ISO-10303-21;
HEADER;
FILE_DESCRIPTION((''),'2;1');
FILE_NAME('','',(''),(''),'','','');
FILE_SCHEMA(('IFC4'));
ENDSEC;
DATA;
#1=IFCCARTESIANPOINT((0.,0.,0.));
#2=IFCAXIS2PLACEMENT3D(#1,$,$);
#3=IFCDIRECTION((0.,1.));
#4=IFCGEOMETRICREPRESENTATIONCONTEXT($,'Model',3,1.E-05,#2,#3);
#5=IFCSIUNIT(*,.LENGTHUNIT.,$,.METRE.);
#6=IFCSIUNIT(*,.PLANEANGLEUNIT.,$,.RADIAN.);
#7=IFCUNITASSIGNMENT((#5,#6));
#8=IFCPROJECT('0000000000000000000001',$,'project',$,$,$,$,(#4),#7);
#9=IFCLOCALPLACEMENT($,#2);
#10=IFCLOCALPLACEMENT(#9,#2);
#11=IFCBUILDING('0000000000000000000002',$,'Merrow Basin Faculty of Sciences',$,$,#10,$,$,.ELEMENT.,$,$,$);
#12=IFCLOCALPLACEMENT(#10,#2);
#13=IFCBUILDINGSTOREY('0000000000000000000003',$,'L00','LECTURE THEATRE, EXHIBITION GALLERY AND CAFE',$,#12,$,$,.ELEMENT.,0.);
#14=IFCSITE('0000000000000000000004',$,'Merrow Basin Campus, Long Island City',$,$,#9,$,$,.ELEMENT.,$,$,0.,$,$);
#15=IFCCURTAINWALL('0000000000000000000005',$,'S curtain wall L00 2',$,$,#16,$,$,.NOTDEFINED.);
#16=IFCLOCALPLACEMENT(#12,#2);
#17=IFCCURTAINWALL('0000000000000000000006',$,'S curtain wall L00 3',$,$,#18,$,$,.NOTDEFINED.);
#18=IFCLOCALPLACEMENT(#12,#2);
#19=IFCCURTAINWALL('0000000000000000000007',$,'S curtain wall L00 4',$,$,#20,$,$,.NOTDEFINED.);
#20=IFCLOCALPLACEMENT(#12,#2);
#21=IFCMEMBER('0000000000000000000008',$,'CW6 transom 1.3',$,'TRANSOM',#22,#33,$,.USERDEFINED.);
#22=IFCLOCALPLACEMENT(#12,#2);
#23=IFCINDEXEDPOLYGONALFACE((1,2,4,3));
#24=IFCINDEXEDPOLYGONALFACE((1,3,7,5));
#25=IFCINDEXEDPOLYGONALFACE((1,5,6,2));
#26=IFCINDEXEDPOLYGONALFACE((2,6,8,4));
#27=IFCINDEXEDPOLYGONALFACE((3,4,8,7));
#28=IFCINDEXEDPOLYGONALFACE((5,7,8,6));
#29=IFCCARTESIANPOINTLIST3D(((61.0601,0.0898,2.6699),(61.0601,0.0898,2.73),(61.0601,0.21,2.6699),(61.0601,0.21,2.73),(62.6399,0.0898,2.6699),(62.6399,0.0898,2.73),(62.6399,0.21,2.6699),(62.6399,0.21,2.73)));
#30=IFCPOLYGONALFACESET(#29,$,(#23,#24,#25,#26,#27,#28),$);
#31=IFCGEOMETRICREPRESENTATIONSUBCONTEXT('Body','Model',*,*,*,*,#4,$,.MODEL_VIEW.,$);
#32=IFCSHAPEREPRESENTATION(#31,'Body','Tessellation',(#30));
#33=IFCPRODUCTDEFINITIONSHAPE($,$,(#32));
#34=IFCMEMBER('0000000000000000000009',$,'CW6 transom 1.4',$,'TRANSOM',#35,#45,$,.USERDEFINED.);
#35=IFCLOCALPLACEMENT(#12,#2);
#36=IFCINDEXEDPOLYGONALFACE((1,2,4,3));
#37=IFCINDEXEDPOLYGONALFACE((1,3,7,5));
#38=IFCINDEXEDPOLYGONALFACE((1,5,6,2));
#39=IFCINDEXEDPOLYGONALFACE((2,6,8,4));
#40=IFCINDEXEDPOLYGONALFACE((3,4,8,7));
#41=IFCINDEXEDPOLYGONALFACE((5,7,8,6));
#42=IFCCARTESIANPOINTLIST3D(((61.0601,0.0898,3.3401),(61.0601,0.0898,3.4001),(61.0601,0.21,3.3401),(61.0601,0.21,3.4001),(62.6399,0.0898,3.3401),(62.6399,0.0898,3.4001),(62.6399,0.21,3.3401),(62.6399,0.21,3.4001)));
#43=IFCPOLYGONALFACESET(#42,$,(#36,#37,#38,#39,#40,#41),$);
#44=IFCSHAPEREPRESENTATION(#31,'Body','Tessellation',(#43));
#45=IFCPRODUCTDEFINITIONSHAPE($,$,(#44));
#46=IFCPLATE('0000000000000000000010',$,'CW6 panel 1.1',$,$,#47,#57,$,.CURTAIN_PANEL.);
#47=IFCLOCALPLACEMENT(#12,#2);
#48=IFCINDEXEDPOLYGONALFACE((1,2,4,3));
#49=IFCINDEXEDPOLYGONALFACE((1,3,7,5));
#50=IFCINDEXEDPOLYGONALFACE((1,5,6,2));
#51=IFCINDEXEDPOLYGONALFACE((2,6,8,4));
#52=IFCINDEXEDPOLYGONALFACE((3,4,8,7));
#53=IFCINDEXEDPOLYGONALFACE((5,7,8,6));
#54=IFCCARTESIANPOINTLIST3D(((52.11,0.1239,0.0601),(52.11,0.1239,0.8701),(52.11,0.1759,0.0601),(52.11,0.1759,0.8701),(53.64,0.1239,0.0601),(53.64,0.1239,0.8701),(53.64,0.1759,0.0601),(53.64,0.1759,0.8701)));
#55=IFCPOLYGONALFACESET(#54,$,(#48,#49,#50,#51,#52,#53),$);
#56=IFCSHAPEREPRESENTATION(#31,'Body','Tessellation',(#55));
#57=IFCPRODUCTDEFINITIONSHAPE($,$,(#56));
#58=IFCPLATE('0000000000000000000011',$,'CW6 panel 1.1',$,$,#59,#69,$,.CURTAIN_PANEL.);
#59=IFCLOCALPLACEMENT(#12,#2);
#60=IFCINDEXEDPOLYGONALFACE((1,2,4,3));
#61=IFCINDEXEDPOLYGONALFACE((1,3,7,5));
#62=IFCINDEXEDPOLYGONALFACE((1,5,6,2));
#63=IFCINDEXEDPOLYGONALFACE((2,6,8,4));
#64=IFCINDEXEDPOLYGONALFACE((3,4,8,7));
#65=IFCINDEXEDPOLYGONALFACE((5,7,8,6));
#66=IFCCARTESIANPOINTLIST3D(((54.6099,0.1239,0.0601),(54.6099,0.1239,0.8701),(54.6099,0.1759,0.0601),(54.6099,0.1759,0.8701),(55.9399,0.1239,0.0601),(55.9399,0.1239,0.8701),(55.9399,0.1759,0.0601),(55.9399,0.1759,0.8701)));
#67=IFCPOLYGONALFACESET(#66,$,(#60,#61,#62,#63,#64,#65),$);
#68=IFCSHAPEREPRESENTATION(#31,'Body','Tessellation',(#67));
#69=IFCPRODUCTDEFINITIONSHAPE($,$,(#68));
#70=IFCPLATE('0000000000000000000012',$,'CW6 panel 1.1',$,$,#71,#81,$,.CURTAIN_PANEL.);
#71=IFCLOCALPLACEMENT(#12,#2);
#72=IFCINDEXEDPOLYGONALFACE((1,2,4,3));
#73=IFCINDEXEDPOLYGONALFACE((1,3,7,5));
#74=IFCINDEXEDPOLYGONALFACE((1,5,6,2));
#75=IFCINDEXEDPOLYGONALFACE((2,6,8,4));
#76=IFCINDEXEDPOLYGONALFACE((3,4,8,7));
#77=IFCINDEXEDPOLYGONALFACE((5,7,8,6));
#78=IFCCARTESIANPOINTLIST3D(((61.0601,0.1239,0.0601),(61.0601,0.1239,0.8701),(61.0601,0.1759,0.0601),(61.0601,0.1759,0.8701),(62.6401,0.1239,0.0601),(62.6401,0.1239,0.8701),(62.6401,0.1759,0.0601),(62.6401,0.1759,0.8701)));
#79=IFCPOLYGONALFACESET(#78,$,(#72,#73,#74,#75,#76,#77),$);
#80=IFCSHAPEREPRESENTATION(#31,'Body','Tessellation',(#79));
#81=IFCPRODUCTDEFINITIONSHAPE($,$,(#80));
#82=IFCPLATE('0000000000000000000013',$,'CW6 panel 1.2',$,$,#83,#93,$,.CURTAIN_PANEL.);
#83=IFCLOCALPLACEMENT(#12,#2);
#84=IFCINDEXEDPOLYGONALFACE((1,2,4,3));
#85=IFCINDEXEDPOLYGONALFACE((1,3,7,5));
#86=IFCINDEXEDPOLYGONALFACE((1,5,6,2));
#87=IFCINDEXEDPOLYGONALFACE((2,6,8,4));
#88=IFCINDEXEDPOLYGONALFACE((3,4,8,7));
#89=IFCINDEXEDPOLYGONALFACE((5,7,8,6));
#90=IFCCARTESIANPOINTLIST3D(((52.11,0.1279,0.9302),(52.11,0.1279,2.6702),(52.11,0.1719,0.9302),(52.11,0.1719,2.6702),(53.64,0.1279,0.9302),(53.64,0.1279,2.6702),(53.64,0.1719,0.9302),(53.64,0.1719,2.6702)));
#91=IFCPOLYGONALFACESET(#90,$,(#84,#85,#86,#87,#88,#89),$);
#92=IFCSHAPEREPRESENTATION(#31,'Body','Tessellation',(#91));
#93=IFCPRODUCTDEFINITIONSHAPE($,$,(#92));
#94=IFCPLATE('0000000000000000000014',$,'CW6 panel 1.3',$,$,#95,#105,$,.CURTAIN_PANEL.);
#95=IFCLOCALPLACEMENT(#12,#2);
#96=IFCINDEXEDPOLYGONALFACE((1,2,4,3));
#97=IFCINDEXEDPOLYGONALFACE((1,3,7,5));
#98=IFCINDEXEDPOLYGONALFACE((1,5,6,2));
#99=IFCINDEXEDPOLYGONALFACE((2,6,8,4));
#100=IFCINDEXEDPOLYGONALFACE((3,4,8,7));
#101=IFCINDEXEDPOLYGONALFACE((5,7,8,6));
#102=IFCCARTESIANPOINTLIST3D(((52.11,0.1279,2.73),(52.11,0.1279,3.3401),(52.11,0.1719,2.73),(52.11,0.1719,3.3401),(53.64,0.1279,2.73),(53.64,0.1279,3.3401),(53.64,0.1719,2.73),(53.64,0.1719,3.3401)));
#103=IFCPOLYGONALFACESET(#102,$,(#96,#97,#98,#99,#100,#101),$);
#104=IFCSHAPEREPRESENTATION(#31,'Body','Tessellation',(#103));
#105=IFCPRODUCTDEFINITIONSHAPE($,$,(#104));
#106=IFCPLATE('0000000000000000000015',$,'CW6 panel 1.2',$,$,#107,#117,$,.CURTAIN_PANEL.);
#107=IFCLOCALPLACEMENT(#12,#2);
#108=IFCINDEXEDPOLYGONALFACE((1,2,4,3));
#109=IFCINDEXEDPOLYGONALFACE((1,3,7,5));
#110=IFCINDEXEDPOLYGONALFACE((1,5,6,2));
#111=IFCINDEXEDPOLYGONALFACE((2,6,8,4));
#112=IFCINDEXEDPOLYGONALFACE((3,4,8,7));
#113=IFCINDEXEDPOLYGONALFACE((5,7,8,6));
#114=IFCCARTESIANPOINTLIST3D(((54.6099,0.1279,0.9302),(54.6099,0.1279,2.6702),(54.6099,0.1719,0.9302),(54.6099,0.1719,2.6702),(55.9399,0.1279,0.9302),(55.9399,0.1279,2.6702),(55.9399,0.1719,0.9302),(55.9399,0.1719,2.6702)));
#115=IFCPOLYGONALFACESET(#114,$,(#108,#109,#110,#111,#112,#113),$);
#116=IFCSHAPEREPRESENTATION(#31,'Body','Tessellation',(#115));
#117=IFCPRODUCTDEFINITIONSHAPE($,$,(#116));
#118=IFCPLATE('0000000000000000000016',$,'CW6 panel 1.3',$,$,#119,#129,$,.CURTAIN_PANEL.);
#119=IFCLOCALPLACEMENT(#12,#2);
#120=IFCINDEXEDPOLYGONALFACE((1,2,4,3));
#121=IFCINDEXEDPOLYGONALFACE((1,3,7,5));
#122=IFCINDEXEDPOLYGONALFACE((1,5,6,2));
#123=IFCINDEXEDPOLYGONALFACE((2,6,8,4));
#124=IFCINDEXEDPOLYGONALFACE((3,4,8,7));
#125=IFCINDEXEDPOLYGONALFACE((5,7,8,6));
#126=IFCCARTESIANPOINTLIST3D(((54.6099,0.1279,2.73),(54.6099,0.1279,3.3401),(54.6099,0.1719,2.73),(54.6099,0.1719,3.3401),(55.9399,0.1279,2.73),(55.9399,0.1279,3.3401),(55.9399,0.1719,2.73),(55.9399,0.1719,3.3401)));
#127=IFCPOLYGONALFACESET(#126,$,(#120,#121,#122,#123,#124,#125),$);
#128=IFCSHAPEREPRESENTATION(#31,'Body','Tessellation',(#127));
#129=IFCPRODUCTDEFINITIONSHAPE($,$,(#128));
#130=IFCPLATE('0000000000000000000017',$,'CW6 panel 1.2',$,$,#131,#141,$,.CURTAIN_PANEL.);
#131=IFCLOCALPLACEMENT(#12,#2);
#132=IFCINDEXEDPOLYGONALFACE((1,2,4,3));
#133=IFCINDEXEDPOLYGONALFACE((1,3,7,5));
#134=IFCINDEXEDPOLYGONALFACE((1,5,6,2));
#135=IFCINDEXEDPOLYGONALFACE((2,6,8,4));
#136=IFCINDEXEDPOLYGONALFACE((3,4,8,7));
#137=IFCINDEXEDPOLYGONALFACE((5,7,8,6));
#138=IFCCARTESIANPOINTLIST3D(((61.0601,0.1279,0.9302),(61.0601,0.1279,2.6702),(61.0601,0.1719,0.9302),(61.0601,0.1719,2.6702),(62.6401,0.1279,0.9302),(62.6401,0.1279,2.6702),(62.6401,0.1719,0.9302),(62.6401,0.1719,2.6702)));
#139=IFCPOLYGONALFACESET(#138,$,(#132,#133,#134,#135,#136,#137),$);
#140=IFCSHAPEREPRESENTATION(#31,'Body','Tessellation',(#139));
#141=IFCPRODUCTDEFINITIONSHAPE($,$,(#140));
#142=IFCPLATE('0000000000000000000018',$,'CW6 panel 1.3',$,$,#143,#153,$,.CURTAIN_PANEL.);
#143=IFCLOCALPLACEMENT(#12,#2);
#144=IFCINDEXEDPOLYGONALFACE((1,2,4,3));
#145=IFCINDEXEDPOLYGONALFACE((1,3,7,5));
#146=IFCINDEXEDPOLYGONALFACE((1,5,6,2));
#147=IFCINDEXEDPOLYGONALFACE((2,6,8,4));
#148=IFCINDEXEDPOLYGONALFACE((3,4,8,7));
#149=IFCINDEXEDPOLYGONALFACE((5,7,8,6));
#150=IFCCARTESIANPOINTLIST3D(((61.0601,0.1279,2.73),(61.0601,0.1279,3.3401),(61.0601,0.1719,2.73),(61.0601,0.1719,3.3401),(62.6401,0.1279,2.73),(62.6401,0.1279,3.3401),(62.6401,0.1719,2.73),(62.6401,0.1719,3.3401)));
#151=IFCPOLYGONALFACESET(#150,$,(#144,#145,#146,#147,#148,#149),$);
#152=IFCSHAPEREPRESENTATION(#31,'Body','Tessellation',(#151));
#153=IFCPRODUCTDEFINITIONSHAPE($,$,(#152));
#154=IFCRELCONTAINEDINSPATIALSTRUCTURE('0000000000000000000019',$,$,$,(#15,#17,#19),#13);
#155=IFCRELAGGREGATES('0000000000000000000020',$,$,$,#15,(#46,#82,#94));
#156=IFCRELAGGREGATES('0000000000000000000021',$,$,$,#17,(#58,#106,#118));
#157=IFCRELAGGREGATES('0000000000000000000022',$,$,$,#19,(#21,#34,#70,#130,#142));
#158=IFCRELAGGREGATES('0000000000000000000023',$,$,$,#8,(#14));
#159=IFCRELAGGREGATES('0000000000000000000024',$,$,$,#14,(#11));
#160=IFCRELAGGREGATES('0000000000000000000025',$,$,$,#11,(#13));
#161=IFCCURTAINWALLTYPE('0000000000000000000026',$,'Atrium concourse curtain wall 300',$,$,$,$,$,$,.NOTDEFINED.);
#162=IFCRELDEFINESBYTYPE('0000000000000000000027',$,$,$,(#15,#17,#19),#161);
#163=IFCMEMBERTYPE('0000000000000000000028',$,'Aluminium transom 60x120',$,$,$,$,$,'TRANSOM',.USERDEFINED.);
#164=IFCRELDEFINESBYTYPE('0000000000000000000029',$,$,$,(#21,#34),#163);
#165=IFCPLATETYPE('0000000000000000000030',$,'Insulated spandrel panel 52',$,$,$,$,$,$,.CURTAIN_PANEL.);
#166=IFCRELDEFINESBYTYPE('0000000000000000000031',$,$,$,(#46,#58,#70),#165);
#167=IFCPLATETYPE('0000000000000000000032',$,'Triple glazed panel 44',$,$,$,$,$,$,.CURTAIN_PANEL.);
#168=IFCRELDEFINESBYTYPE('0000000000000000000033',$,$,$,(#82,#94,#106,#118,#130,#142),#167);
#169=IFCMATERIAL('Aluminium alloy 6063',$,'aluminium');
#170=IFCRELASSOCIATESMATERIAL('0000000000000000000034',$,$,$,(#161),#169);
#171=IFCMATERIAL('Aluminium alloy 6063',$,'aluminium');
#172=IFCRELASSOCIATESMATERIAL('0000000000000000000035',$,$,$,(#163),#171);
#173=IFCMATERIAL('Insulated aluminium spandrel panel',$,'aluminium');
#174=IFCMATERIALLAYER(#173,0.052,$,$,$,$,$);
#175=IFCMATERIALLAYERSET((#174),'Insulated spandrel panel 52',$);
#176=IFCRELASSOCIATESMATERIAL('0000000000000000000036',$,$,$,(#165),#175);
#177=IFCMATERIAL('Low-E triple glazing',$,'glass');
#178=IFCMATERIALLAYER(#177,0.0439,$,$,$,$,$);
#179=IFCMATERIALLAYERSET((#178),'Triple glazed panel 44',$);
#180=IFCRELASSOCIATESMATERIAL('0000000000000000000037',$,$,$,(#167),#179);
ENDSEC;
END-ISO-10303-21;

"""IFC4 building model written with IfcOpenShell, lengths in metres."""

from ifc_helpers import new_model, si_unit, direction, frame, origin, origin_2d, place, context, subcontext, project, spatial, rectangle, extrude, material, layer, layer_set, material_profile, profile_set, type_object, element, aggregate, save


model = new_model("IFC4")

# Units and contexts
model_context = context("Model", 3, precision=1e-05, world=origin(), true_north=direction((0.0, 1.0)))
body_context = subcontext(model_context, "Body", "Model", "MODEL_VIEW")
ifc_project = project(units=[si_unit("LENGTHUNIT", "METRE"), si_unit("PLANEANGLEUNIT", "RADIAN")], contexts=[model_context])

# Site, building, storey
site_placement = place(None, origin())
site = spatial("IfcSite", under=ifc_project, at=site_placement, Name="Merrow Basin Campus, Long Island City", CompositionType="ELEMENT", RefElevation=0.0)
building_placement = place(site_placement, origin())
building = spatial("IfcBuilding", under=site, at=building_placement, Name="Merrow Basin Faculty of Sciences", CompositionType="ELEMENT")
storey_placement = place(building_placement, origin())
storey = spatial("IfcBuildingStorey", under=building, at=storey_placement, Name="L00", Description="LECTURE THEATRE, EXHIBITION GALLERY AND CAFE", CompositionType="ELEMENT", Elevation=0.0)

# Curtain wall
ifc_material_1 = material(Name="Aluminium alloy 6063", Category="aluminium")
curtain_wall_type = type_object("IfcCurtainWallType", Name="Atrium concourse curtain wall 300", PredefinedType="NOTDEFINED", material=ifc_material_1)
curtain_wall_1_placement = place(storey_placement, origin())
curtain_wall_1 = element("IfcCurtainWall", 1, at=curtain_wall_1_placement, inside=storey, type_object=curtain_wall_type, Name="S curtain wall L00 2", PredefinedType="NOTDEFINED")

# Curtain walls
curtain_wall_2_placement = place(storey_placement, origin())
curtain_wall_2 = element("IfcCurtainWall", 2, at=curtain_wall_2_placement, inside=storey, type_object=curtain_wall_type, Name="S curtain wall L00 3", PredefinedType="NOTDEFINED")
curtain_wall_3_placement = place(storey_placement, origin())
curtain_wall_3 = element("IfcCurtainWall", 3, at=curtain_wall_3_placement, inside=storey, type_object=curtain_wall_type, Name="S curtain wall L00 4", PredefinedType="NOTDEFINED")

# Members
ifc_material_2 = material(Name="Aluminium alloy 6063", Category="aluminium")
ifc_material_profile_1 = material_profile(ifc_material_2, rectangle(XDim=0.1201, YDim=0.0601, at=origin_2d()))
ifc_profile_set_1 = profile_set([ifc_material_profile_1], Name="Aluminium alloy 6063")
member_type_1 = type_object("IfcMemberType", Name="Aluminium transom 60x120", ElementType="TRANSOM", PredefinedType="USERDEFINED", material=ifc_profile_set_1)
member_1_placement = place(storey_placement, frame((61.0601, 0.1499, 2.7), z_axis=(1.0, 0.0, 0.0), x_axis=(0.0, 1.0, 0.0)))
member_1 = element("IfcMember", 4, at=member_1_placement, type_object=member_type_1, Name="CW6 transom 1.3", ObjectType="TRANSOM", PredefinedType="USERDEFINED", context=body_context, shape_type="SweptSolid", body=[
    extrude(rectangle(XDim=0.1201, YDim=0.0601, at=origin_2d()), origin(), (0.0, 0.0, 1.0), 1.5798),
])
member_2_placement = place(storey_placement, frame((61.0601, 0.1499, 3.3701), z_axis=(1.0, 0.0, 0.0), x_axis=(0.0, 1.0, 0.0)))
member_2 = element("IfcMember", 5, at=member_2_placement, type_object=member_type_1, Name="CW6 transom 1.4", ObjectType="TRANSOM", PredefinedType="USERDEFINED", context=body_context, shape_type="SweptSolid", body=[
    extrude(rectangle(XDim=0.1201, YDim=0.0601, at=origin_2d()), origin(), (0.0, 0.0, 1.0), 1.5798),
])

# Plates
ifc_material_3 = material(Name="Insulated aluminium spandrel panel", Category="aluminium")
ifc_layer_1 = layer(ifc_material_3, 0.052)
ifc_layer_set_1 = layer_set([ifc_layer_1], Name="Insulated spandrel panel 52")
plate_type_1 = type_object("IfcPlateType", Name="Insulated spandrel panel 52", PredefinedType="CURTAIN_PANEL", material=ifc_layer_set_1)
plate_1_placement = place(storey_placement, frame((52.875, 0.1499, 0.0601), z_axis=(0.0, 0.0, 1.0), x_axis=(1.0, 0.0, 0.0)))
plate_1 = element("IfcPlate", 6, at=plate_1_placement, type_object=plate_type_1, Name="CW6 panel 1.1", PredefinedType="CURTAIN_PANEL", context=body_context, shape_type="SweptSolid", body=[
    extrude(rectangle(XDim=1.53, YDim=0.052, at=origin_2d()), origin(), (0.0, 0.0, 1.0), 0.8101),
])
plate_2_placement = place(storey_placement, frame((55.2749, 0.1499, 0.0601), z_axis=(0.0, 0.0, 1.0), x_axis=(1.0, 0.0, 0.0)))
plate_2 = element("IfcPlate", 7, at=plate_2_placement, type_object=plate_type_1, Name="CW6 panel 1.1", PredefinedType="CURTAIN_PANEL", context=body_context, shape_type="SweptSolid", body=[
    extrude(rectangle(XDim=1.3301, YDim=0.052, at=origin_2d()), origin(), (0.0, 0.0, 1.0), 0.8101),
])
plate_3_placement = place(storey_placement, frame((61.8501, 0.1499, 0.0601), z_axis=(0.0, 0.0, 1.0), x_axis=(1.0, 0.0, 0.0)))
plate_3 = element("IfcPlate", 8, at=plate_3_placement, type_object=plate_type_1, Name="CW6 panel 1.1", PredefinedType="CURTAIN_PANEL", context=body_context, shape_type="SweptSolid", body=[
    extrude(rectangle(XDim=1.5801, YDim=0.052, at=origin_2d()), origin(), (0.0, 0.0, 1.0), 0.8101),
])
ifc_material_4 = material(Name="Low-E triple glazing", Category="glass")
ifc_layer_2 = layer(ifc_material_4, 0.0439)
ifc_layer_set_2 = layer_set([ifc_layer_2], Name="Triple glazed panel 44")
plate_type_2 = type_object("IfcPlateType", Name="Triple glazed panel 44", PredefinedType="CURTAIN_PANEL", material=ifc_layer_set_2)
plate_4_placement = place(storey_placement, frame((52.875, 0.1499, 0.9302), z_axis=(0.0, 0.0, 1.0), x_axis=(1.0, 0.0, 0.0)))
plate_4 = element("IfcPlate", 9, at=plate_4_placement, type_object=plate_type_2, Name="CW6 panel 1.2", PredefinedType="CURTAIN_PANEL", context=body_context, shape_type="SweptSolid", body=[
    extrude(rectangle(XDim=1.53, YDim=0.0439, at=origin_2d()), origin(), (0.0, 0.0, 1.0), 1.74),
])
plate_5_placement = place(storey_placement, frame((52.875, 0.1499, 2.73), z_axis=(0.0, 0.0, 1.0), x_axis=(1.0, 0.0, 0.0)))
plate_5 = element("IfcPlate", 10, at=plate_5_placement, type_object=plate_type_2, Name="CW6 panel 1.3", PredefinedType="CURTAIN_PANEL", context=body_context, shape_type="SweptSolid", body=[
    extrude(rectangle(XDim=1.53, YDim=0.0439, at=origin_2d()), origin(), (0.0, 0.0, 1.0), 0.6101),
])
aggregate(curtain_wall_1, [plate_1, plate_4, plate_5])
plate_6_placement = place(storey_placement, frame((55.2749, 0.1499, 0.9302), z_axis=(0.0, 0.0, 1.0), x_axis=(1.0, 0.0, 0.0)))
plate_6 = element("IfcPlate", 11, at=plate_6_placement, type_object=plate_type_2, Name="CW6 panel 1.2", PredefinedType="CURTAIN_PANEL", context=body_context, shape_type="SweptSolid", body=[
    extrude(rectangle(XDim=1.3301, YDim=0.0439, at=origin_2d()), origin(), (0.0, 0.0, 1.0), 1.74),
])
plate_7_placement = place(storey_placement, frame((55.2749, 0.1499, 2.73), z_axis=(0.0, 0.0, 1.0), x_axis=(1.0, 0.0, 0.0)))
plate_7 = element("IfcPlate", 12, at=plate_7_placement, type_object=plate_type_2, Name="CW6 panel 1.3", PredefinedType="CURTAIN_PANEL", context=body_context, shape_type="SweptSolid", body=[
    extrude(rectangle(XDim=1.3301, YDim=0.0439, at=origin_2d()), origin(), (0.0, 0.0, 1.0), 0.6101),
])
aggregate(curtain_wall_2, [plate_2, plate_6, plate_7])
plate_8_placement = place(storey_placement, frame((61.8501, 0.1499, 0.9302), z_axis=(0.0, 0.0, 1.0), x_axis=(1.0, 0.0, 0.0)))
plate_8 = element("IfcPlate", 13, at=plate_8_placement, type_object=plate_type_2, Name="CW6 panel 1.2", PredefinedType="CURTAIN_PANEL", context=body_context, shape_type="SweptSolid", body=[
    extrude(rectangle(XDim=1.5801, YDim=0.0439, at=origin_2d()), origin(), (0.0, 0.0, 1.0), 1.74),
])
plate_9_placement = place(storey_placement, frame((61.8501, 0.1499, 2.73), z_axis=(0.0, 0.0, 1.0), x_axis=(1.0, 0.0, 0.0)))
plate_9 = element("IfcPlate", 14, at=plate_9_placement, type_object=plate_type_2, Name="CW6 panel 1.3", PredefinedType="CURTAIN_PANEL", context=body_context, shape_type="SweptSolid", body=[
    extrude(rectangle(XDim=1.5801, YDim=0.0439, at=origin_2d()), origin(), (0.0, 0.0, 1.0), 0.6101),
])
aggregate(curtain_wall_3, [member_1, member_2, plate_3, plate_8, plate_9])

save(model, "model.ifc")
